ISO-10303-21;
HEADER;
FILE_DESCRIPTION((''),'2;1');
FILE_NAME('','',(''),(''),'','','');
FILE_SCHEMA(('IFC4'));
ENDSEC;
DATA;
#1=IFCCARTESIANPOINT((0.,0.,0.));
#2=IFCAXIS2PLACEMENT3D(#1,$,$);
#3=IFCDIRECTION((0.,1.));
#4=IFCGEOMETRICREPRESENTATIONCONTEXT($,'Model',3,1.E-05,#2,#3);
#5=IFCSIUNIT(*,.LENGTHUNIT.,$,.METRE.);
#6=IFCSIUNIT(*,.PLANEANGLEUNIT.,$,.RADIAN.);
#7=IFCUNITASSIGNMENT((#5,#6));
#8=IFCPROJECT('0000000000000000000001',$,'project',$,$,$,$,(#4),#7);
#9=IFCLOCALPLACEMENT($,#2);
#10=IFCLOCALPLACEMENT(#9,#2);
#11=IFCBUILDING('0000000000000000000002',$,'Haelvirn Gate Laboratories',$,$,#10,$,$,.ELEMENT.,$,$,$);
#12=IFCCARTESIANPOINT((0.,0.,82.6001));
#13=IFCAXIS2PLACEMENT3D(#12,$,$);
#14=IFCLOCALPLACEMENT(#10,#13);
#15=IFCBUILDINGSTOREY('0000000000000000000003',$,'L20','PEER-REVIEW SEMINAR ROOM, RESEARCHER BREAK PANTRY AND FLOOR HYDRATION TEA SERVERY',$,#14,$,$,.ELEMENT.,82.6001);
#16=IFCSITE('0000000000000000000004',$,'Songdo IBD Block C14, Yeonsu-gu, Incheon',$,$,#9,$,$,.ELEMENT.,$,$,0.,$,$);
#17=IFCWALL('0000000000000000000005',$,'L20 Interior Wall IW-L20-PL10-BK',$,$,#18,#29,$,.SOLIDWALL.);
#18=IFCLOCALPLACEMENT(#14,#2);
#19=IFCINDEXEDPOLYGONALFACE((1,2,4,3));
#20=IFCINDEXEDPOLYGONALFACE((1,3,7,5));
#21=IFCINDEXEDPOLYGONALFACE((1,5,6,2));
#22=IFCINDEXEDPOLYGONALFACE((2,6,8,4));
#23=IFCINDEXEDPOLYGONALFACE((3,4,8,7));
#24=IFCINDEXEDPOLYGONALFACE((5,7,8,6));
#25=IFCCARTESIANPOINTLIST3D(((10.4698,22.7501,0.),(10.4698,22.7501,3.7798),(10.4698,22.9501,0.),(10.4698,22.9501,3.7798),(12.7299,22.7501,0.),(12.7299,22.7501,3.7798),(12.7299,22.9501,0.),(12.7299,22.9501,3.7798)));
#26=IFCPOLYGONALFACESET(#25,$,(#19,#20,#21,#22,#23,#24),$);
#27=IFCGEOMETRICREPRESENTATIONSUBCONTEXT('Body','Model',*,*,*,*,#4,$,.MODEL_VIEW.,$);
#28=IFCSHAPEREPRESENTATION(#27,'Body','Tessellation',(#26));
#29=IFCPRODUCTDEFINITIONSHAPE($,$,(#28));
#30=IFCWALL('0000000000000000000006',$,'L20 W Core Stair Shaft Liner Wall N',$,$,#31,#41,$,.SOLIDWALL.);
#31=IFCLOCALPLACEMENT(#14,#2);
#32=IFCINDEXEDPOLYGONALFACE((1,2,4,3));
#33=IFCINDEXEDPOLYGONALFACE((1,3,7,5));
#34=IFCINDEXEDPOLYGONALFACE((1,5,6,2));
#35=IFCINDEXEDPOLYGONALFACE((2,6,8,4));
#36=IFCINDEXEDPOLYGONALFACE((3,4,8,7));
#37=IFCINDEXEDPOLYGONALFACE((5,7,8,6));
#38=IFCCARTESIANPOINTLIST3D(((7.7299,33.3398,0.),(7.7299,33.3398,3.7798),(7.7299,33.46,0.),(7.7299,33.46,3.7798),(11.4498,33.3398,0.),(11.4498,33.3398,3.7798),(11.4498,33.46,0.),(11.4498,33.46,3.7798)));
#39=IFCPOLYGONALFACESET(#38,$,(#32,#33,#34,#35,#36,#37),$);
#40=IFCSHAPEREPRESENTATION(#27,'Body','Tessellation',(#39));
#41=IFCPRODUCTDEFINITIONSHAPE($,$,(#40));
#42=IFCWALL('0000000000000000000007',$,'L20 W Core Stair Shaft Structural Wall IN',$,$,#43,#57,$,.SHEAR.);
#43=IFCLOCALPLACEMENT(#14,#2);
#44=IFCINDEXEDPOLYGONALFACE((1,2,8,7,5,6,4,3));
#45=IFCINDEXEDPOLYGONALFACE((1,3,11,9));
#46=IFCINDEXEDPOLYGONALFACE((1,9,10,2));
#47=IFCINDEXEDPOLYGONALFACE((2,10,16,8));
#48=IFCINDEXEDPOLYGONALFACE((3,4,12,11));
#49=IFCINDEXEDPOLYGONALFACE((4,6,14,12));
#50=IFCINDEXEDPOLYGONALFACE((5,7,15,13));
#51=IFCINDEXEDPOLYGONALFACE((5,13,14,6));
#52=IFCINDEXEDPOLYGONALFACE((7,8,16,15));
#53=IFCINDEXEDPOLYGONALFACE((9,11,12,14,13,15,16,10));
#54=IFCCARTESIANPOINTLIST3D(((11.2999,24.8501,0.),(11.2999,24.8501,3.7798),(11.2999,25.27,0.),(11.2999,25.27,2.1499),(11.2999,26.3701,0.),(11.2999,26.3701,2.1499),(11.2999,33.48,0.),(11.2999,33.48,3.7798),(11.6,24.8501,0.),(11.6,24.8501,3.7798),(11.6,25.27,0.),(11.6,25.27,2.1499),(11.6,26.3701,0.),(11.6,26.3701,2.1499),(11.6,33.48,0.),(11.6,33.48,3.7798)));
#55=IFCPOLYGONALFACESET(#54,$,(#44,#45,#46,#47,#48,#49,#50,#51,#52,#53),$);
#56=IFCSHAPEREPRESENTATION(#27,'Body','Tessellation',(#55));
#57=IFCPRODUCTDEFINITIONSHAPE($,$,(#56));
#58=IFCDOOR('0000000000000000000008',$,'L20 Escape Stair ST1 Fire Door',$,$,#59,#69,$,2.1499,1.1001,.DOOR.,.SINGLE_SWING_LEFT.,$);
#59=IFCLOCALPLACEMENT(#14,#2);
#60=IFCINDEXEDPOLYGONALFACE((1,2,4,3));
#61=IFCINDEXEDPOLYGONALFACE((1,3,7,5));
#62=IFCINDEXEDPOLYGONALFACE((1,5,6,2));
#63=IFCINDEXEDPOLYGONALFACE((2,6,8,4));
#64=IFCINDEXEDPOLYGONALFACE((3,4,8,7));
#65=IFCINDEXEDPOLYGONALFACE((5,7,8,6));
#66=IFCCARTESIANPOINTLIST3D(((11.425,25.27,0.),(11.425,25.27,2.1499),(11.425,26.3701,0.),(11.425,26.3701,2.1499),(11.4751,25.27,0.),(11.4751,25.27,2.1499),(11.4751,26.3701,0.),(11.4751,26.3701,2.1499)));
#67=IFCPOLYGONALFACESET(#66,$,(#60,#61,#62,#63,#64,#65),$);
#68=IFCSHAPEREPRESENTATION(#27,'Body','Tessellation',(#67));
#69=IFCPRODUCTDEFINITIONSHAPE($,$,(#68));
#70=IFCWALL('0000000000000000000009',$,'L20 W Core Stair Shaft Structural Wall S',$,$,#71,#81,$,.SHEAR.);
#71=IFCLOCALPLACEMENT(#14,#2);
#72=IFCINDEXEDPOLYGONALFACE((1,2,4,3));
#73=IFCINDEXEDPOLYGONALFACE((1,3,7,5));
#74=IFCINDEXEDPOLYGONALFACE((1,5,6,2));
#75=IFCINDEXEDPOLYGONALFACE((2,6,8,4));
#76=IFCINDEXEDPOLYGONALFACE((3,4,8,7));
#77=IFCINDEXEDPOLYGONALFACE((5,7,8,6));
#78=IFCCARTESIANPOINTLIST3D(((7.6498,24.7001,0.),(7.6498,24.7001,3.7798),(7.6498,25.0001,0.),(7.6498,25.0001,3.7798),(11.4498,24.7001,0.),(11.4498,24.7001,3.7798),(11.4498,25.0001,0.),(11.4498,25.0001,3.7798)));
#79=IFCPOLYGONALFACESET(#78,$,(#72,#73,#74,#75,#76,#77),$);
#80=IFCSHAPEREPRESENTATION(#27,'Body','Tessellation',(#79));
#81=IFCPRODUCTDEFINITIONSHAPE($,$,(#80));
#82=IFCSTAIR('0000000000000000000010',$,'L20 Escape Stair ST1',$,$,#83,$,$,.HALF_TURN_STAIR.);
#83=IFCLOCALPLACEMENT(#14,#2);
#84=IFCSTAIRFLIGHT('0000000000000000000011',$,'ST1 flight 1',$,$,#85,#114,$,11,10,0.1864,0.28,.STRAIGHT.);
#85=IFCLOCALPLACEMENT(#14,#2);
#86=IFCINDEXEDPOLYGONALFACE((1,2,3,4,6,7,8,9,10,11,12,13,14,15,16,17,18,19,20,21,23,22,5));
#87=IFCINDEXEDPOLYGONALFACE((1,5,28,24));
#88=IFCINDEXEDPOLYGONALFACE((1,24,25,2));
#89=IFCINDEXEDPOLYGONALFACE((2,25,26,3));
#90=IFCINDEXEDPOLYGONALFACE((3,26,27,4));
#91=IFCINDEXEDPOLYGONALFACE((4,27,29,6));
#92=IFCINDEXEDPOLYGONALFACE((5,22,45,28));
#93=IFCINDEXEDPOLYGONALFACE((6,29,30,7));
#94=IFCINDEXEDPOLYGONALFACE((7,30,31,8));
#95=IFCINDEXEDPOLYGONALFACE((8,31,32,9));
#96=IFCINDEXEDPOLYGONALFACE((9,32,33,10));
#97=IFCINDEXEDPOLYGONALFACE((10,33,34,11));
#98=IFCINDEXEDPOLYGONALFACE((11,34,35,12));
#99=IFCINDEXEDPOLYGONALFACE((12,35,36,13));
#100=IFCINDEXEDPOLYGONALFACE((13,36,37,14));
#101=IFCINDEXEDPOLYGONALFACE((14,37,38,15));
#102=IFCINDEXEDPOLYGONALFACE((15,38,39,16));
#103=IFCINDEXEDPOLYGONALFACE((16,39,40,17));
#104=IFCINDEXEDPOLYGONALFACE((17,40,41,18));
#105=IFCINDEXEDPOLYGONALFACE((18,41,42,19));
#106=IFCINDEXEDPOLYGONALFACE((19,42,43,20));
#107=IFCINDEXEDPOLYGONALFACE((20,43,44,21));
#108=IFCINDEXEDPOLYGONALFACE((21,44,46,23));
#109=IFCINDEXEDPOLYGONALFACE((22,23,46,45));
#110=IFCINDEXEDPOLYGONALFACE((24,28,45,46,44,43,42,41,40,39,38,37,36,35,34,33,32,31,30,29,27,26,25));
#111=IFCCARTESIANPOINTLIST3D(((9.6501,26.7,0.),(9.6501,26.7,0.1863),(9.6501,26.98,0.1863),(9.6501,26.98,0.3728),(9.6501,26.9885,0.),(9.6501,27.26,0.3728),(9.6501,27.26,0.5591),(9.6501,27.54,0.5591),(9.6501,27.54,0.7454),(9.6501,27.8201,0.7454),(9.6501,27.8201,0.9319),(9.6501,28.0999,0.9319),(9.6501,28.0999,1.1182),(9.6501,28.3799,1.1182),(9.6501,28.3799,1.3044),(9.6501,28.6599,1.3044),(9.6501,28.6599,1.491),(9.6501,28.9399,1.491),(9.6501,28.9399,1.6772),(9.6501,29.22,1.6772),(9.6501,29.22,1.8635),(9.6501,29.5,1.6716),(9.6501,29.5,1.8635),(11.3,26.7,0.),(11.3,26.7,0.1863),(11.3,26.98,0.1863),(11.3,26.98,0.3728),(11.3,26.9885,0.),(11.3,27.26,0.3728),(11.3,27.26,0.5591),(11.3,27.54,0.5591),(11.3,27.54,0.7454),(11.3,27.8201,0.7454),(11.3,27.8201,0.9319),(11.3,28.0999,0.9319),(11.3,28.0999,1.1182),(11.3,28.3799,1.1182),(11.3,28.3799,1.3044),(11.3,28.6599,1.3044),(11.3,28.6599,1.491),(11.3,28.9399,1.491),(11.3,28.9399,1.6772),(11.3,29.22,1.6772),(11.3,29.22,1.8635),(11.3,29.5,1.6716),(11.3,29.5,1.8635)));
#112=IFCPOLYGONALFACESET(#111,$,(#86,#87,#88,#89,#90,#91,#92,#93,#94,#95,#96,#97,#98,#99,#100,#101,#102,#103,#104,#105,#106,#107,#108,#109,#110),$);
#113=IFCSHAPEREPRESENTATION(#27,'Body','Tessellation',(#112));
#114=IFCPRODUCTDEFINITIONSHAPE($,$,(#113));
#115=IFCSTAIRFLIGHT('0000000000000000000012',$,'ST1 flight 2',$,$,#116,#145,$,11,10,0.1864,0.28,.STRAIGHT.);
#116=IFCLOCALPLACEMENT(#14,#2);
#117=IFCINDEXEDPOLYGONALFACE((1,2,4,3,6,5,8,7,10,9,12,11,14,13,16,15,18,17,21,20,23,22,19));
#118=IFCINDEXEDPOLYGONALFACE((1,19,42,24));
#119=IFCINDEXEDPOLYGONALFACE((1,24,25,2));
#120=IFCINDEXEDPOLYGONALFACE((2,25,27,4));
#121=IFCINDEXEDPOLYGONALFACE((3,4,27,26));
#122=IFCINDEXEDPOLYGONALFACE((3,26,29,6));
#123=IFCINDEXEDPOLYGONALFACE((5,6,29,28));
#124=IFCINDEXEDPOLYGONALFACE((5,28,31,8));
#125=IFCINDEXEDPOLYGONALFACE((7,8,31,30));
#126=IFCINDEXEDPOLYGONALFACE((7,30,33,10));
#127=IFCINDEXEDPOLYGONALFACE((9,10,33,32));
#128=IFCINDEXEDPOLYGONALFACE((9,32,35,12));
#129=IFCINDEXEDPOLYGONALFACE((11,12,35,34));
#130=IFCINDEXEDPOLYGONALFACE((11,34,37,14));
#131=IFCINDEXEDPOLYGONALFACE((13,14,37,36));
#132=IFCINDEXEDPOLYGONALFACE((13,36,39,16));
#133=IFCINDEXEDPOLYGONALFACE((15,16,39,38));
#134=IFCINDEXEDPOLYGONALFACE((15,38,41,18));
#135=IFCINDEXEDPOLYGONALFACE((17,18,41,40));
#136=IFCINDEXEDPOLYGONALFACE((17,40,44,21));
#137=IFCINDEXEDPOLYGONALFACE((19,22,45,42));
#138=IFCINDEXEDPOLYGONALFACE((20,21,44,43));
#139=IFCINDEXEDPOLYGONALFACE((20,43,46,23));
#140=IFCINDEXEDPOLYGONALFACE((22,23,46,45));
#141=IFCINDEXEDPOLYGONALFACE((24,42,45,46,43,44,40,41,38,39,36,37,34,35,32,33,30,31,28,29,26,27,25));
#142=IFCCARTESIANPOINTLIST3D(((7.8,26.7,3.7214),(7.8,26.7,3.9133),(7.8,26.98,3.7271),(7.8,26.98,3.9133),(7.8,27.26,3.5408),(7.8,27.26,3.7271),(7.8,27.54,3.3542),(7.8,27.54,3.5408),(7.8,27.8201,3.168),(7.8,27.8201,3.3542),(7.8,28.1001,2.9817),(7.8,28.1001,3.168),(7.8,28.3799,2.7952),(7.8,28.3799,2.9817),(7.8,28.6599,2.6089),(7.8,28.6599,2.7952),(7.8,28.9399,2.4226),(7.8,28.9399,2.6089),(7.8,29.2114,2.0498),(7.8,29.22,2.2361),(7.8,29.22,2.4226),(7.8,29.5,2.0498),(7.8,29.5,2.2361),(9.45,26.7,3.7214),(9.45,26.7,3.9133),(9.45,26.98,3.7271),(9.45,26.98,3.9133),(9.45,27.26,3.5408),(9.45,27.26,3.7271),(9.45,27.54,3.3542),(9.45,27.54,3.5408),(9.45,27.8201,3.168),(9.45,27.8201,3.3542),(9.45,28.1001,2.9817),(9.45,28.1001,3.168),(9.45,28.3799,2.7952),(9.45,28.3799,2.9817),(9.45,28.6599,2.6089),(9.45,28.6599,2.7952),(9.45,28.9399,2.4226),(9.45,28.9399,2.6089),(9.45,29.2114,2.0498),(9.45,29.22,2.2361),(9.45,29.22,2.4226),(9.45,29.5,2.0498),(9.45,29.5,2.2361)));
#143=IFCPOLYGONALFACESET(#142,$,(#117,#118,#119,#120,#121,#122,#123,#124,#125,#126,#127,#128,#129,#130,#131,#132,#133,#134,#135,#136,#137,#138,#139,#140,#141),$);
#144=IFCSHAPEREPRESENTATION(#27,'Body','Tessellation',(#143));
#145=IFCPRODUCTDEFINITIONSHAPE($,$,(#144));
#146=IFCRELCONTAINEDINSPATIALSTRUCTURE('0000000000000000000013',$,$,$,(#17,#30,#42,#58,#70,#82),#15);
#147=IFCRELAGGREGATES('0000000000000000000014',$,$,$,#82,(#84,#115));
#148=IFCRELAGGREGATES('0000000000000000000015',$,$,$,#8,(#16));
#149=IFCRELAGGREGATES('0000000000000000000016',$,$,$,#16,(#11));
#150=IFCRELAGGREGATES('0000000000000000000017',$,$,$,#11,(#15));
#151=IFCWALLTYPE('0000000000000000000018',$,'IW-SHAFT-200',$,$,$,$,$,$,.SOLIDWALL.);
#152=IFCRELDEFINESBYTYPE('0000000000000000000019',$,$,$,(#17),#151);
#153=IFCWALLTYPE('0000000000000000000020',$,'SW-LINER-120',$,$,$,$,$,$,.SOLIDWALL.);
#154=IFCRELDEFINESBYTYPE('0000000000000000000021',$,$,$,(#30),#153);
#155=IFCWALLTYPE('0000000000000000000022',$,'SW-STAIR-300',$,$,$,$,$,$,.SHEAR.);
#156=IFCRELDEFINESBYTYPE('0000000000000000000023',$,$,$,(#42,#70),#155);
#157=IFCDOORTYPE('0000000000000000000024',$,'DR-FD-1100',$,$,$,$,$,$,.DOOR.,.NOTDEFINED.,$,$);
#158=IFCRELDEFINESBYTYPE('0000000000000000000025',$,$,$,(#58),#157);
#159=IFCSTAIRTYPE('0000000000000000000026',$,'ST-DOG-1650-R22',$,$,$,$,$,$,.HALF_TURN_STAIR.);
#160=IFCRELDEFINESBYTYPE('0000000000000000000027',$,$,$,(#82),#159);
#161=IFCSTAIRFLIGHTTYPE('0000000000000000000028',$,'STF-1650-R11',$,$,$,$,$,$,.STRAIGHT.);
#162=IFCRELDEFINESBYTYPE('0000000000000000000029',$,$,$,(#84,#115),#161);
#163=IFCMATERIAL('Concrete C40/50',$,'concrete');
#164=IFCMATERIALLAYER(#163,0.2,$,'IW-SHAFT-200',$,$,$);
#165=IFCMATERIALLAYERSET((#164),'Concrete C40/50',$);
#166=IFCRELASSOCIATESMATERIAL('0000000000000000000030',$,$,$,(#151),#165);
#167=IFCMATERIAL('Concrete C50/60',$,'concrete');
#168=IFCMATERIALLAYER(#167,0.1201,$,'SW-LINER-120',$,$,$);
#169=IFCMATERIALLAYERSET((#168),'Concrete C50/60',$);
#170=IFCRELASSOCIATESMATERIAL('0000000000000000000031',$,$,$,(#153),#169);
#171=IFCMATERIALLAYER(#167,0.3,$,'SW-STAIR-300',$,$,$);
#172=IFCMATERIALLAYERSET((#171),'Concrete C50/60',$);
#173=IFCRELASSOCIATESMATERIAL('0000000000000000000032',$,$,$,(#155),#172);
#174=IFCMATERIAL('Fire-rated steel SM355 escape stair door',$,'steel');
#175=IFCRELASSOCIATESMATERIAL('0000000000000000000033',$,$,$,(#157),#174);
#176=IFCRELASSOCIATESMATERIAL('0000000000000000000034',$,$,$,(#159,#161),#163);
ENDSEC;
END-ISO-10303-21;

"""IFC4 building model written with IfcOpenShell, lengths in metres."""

from ifc_helpers import new_model, si_unit, direction, frame, frame_2d, origin, place, context, subcontext, project, spatial, polyline, rectangle, outline, extrude, source, transform, mapped, material, layer, layer_set, type_object, type_shapes, element, fill, aggregate, save


model = new_model("IFC4")

# Units and contexts
model_context = context("Model", 3, precision=1e-05, world=origin(), true_north=direction((0.0, 1.0)))
body_context = subcontext(model_context, "Body", "Model", "MODEL_VIEW")
ifc_project = project(units=[si_unit("LENGTHUNIT", "METRE"), si_unit("PLANEANGLEUNIT", "RADIAN")], contexts=[model_context])

# Site, building, storey
site_placement = place(None, origin())
site = spatial("IfcSite", under=ifc_project, at=site_placement, Name="Songdo IBD Block C14, Yeonsu-gu, Incheon", CompositionType="ELEMENT", RefElevation=0.0)
building_placement = place(site_placement, origin())
building = spatial("IfcBuilding", under=site, at=building_placement, Name="Haelvirn Gate Laboratories", CompositionType="ELEMENT")
storey_placement = place(building_placement, frame((0.0, 0.0, 82.6001)))
storey = spatial("IfcBuildingStorey", under=building, at=storey_placement, Name="L20", Description="PEER-REVIEW SEMINAR ROOM, RESEARCHER BREAK PANTRY AND FLOOR HYDRATION TEA SERVERY", CompositionType="ELEMENT", Elevation=82.6001)

# Walls
ifc_material_1 = material(Name="Concrete C40/50", Category="concrete")
ifc_layer_1 = layer(ifc_material_1, 0.2, Name="IW-SHAFT-200")
ifc_layer_set_1 = layer_set([ifc_layer_1], Name="Concrete C40/50")
wall_type_1 = type_object("IfcWallType", Name="IW-SHAFT-200", PredefinedType="SOLIDWALL", material=ifc_layer_set_1)
wall_1_placement = place(storey_placement, frame((10.47, 22.8501, 0.0), z_axis=(0.0, 0.0, 1.0), x_axis=(1.0, 0.0, 0.0)))
element("IfcWall", 1, at=wall_1_placement, inside=storey, type_object=wall_type_1, Name="L20 Interior Wall IW-L20-PL10-BK", PredefinedType="SOLIDWALL", context=body_context, shape_type="SweptSolid", body=[
    extrude(rectangle(XDim=2.26, YDim=0.2, at=frame_2d((1.1299, 0.0))), origin(), (0.0, 0.0, 1.0), 3.7798),
])
ifc_material_2 = material(Name="Concrete C50/60", Category="concrete")
ifc_layer_2 = layer(ifc_material_2, 0.1201, Name="SW-LINER-120")
ifc_layer_set_2 = layer_set([ifc_layer_2], Name="Concrete C50/60")
wall_type_2 = type_object("IfcWallType", Name="SW-LINER-120", PredefinedType="SOLIDWALL", material=ifc_layer_set_2)
wall_2_placement = place(storey_placement, frame((7.73, 33.3999, 0.0), z_axis=(0.0, 0.0, 1.0), x_axis=(1.0, 0.0, 0.0)))
element("IfcWall", 2, at=wall_2_placement, inside=storey, type_object=wall_type_2, Name="L20 W Core Stair Shaft Liner Wall N", PredefinedType="SOLIDWALL", context=body_context, shape_type="SweptSolid", body=[
    extrude(rectangle(XDim=3.72, YDim=0.1201, at=frame_2d((1.8599, 0.0))), origin(), (0.0, 0.0, 1.0), 3.7798),
])

# Wall, opening, door
ifc_layer_3 = layer(ifc_material_2, 0.3, Name="SW-STAIR-300")
ifc_layer_set_3 = layer_set([ifc_layer_3], Name="Concrete C50/60")
wall_type_3 = type_object("IfcWallType", Name="SW-STAIR-300", PredefinedType="SHEAR", material=ifc_layer_set_3)
wall_3_placement = place(storey_placement, frame((11.45, 24.8501, 0.0), z_axis=(0.0, 0.0, 1.0), x_axis=(0.0, 1.0, 0.0)))
wall_3 = element("IfcWall", 3, at=wall_3_placement, inside=storey, type_object=wall_type_3, Name="L20 W Core Stair Shaft Structural Wall IN", PredefinedType="SHEAR", context=body_context, shape_type="SweptSolid", body=[
    extrude(rectangle(XDim=8.6299, YDim=0.3, at=frame_2d((4.3149, 0.0))), origin(), (0.0, 0.0, 1.0), 3.7798),
])
opening_1_placement = place(wall_3_placement, frame((0.4199, 0.0, 0.0)))
opening_1 = element("IfcOpeningElement", 4, at=opening_1_placement, cuts=wall_3, PredefinedType="OPENING", context=body_context, shape_type="SweptSolid", body=[
    extrude(rectangle(XDim=1.1001, YDim=2.1499, at=frame_2d((0.55, 1.075))), frame((0.0, 0.1602, 0.0), z_axis=(0.0, -1.0, 0.0), x_axis=(1.0, 0.0, 0.0)), (0.0, 0.0, 1.0), 0.3201),
])
ifc_material_3 = material(Name="Fire-rated steel SM355 escape stair door", Category="steel")
door_type_1 = type_object("IfcDoorType", Name="DR-FD-1100", OperationType="NOTDEFINED", PredefinedType="DOOR", material=ifc_material_3)
shared_shape_1 = source(origin(), body_context, "Body", "SweptSolid", [
    extrude(rectangle(XDim=1.1001, YDim=2.1499, at=frame_2d((0.55, 1.075))), frame((0.0, 0.0249, 0.0), z_axis=(0.0, -1.0, 0.0), x_axis=(1.0, 0.0, 0.0)), (0.0, 0.0, 1.0), 0.05),
])
type_shapes(door_type_1, [shared_shape_1])
door_1_placement = place(opening_1_placement, origin())
door_1 = element("IfcDoor", 5, at=door_1_placement, inside=storey, type_object=door_type_1, Name="L20 Escape Stair ST1 Fire Door", OperationType="SINGLE_SWING_LEFT", OverallHeight=2.1499, OverallWidth=1.1001, PredefinedType="DOOR", context=body_context, shape_type="MappedRepresentation", body=[
    mapped(shared_shape_1, transform((0.0, 0.0, 0.0), scale=1.0)),
])
fill(opening_1, door_1)

# Wall
wall_4_placement = place(storey_placement, frame((7.6499, 24.8501, 0.0), z_axis=(0.0, 0.0, 1.0), x_axis=(1.0, 0.0, 0.0)))
element("IfcWall", 6, at=wall_4_placement, inside=storey, type_object=wall_type_3, Name="L20 W Core Stair Shaft Structural Wall S", PredefinedType="SHEAR", context=body_context, shape_type="SweptSolid", body=[
    extrude(rectangle(XDim=3.8, YDim=0.3, at=frame_2d((1.8999, 0.0))), origin(), (0.0, 0.0, 1.0), 3.7798),
])

# Stair, stair flights
stair_type = type_object("IfcStairType", Name="ST-DOG-1650-R22", PredefinedType="HALF_TURN_STAIR", material=ifc_material_1)
stair_placement = place(storey_placement, origin())
stair = element("IfcStair", 7, at=stair_placement, inside=storey, type_object=stair_type, Name="L20 Escape Stair ST1", PredefinedType="HALF_TURN_STAIR")
stair_flight_type = type_object("IfcStairFlightType", Name="STF-1650-R11", PredefinedType="STRAIGHT", material=ifc_material_1)
shared_shape_2 = source(origin(), body_context, "Body", "SweptSolid", [
    extrude(outline(polyline([(0.0, 0.0), (0.0, 0.1863), (0.28, 0.1863), (0.28, 0.3728), (0.5601, 0.3728), (0.5601, 0.5591), (0.8401, 0.5591), (0.8401, 0.7454), (1.1201, 0.7454), (1.1201, 0.9319), (1.3999, 0.9319), (1.3999, 1.1182), (1.6799, 1.1182), (1.6799, 1.3044), (1.96, 1.3044), (1.96, 1.491), (2.24, 1.491), (2.24, 1.6772), (2.52, 1.6772), (2.52, 1.8635), (2.8, 1.8635), (2.8, 2.05), (2.8, 1.6716), (0.2886, 0.0), (0.0, 0.0)])), frame((0.0, 0.825, 0.0), z_axis=(0.0, -1.0, 0.0), x_axis=(1.0, 0.0, 0.0)), (0.0, 0.0, 1.0), 1.6499),
])
type_shapes(stair_flight_type, [shared_shape_2])
stair_flight_1_placement = place(storey_placement, frame((10.4751, 26.7, 0.0), z_axis=(0.0, 0.0, 1.0), x_axis=(0.0, 1.0, 0.0)))
stair_flight_1 = element("IfcStairFlight", 8, at=stair_flight_1_placement, type_object=stair_flight_type, Name="ST1 flight 1", NumberOfRisers=11, NumberOfTreads=10, PredefinedType="STRAIGHT", RiserHeight=0.1864, TreadLength=0.28, context=body_context, shape_type="MappedRepresentation", body=[
    mapped(shared_shape_2, transform((0.0, 0.0, 0.0), scale=1.0)),
])
stair_flight_2_placement = place(storey_placement, frame((8.625, 29.5, 2.0498), z_axis=(0.0, 0.0, 1.0), x_axis=(0.0, -1.0, 0.0)))
stair_flight_2 = element("IfcStairFlight", 9, at=stair_flight_2_placement, type_object=stair_flight_type, Name="ST1 flight 2", NumberOfRisers=11, NumberOfTreads=10, PredefinedType="STRAIGHT", RiserHeight=0.1864, TreadLength=0.28, context=body_context, shape_type="MappedRepresentation", body=[
    mapped(shared_shape_2, transform((0.0, 0.0, 0.0), scale=1.0)),
])
aggregate(stair, [stair_flight_1, stair_flight_2])

save(model, "model.ifc")
